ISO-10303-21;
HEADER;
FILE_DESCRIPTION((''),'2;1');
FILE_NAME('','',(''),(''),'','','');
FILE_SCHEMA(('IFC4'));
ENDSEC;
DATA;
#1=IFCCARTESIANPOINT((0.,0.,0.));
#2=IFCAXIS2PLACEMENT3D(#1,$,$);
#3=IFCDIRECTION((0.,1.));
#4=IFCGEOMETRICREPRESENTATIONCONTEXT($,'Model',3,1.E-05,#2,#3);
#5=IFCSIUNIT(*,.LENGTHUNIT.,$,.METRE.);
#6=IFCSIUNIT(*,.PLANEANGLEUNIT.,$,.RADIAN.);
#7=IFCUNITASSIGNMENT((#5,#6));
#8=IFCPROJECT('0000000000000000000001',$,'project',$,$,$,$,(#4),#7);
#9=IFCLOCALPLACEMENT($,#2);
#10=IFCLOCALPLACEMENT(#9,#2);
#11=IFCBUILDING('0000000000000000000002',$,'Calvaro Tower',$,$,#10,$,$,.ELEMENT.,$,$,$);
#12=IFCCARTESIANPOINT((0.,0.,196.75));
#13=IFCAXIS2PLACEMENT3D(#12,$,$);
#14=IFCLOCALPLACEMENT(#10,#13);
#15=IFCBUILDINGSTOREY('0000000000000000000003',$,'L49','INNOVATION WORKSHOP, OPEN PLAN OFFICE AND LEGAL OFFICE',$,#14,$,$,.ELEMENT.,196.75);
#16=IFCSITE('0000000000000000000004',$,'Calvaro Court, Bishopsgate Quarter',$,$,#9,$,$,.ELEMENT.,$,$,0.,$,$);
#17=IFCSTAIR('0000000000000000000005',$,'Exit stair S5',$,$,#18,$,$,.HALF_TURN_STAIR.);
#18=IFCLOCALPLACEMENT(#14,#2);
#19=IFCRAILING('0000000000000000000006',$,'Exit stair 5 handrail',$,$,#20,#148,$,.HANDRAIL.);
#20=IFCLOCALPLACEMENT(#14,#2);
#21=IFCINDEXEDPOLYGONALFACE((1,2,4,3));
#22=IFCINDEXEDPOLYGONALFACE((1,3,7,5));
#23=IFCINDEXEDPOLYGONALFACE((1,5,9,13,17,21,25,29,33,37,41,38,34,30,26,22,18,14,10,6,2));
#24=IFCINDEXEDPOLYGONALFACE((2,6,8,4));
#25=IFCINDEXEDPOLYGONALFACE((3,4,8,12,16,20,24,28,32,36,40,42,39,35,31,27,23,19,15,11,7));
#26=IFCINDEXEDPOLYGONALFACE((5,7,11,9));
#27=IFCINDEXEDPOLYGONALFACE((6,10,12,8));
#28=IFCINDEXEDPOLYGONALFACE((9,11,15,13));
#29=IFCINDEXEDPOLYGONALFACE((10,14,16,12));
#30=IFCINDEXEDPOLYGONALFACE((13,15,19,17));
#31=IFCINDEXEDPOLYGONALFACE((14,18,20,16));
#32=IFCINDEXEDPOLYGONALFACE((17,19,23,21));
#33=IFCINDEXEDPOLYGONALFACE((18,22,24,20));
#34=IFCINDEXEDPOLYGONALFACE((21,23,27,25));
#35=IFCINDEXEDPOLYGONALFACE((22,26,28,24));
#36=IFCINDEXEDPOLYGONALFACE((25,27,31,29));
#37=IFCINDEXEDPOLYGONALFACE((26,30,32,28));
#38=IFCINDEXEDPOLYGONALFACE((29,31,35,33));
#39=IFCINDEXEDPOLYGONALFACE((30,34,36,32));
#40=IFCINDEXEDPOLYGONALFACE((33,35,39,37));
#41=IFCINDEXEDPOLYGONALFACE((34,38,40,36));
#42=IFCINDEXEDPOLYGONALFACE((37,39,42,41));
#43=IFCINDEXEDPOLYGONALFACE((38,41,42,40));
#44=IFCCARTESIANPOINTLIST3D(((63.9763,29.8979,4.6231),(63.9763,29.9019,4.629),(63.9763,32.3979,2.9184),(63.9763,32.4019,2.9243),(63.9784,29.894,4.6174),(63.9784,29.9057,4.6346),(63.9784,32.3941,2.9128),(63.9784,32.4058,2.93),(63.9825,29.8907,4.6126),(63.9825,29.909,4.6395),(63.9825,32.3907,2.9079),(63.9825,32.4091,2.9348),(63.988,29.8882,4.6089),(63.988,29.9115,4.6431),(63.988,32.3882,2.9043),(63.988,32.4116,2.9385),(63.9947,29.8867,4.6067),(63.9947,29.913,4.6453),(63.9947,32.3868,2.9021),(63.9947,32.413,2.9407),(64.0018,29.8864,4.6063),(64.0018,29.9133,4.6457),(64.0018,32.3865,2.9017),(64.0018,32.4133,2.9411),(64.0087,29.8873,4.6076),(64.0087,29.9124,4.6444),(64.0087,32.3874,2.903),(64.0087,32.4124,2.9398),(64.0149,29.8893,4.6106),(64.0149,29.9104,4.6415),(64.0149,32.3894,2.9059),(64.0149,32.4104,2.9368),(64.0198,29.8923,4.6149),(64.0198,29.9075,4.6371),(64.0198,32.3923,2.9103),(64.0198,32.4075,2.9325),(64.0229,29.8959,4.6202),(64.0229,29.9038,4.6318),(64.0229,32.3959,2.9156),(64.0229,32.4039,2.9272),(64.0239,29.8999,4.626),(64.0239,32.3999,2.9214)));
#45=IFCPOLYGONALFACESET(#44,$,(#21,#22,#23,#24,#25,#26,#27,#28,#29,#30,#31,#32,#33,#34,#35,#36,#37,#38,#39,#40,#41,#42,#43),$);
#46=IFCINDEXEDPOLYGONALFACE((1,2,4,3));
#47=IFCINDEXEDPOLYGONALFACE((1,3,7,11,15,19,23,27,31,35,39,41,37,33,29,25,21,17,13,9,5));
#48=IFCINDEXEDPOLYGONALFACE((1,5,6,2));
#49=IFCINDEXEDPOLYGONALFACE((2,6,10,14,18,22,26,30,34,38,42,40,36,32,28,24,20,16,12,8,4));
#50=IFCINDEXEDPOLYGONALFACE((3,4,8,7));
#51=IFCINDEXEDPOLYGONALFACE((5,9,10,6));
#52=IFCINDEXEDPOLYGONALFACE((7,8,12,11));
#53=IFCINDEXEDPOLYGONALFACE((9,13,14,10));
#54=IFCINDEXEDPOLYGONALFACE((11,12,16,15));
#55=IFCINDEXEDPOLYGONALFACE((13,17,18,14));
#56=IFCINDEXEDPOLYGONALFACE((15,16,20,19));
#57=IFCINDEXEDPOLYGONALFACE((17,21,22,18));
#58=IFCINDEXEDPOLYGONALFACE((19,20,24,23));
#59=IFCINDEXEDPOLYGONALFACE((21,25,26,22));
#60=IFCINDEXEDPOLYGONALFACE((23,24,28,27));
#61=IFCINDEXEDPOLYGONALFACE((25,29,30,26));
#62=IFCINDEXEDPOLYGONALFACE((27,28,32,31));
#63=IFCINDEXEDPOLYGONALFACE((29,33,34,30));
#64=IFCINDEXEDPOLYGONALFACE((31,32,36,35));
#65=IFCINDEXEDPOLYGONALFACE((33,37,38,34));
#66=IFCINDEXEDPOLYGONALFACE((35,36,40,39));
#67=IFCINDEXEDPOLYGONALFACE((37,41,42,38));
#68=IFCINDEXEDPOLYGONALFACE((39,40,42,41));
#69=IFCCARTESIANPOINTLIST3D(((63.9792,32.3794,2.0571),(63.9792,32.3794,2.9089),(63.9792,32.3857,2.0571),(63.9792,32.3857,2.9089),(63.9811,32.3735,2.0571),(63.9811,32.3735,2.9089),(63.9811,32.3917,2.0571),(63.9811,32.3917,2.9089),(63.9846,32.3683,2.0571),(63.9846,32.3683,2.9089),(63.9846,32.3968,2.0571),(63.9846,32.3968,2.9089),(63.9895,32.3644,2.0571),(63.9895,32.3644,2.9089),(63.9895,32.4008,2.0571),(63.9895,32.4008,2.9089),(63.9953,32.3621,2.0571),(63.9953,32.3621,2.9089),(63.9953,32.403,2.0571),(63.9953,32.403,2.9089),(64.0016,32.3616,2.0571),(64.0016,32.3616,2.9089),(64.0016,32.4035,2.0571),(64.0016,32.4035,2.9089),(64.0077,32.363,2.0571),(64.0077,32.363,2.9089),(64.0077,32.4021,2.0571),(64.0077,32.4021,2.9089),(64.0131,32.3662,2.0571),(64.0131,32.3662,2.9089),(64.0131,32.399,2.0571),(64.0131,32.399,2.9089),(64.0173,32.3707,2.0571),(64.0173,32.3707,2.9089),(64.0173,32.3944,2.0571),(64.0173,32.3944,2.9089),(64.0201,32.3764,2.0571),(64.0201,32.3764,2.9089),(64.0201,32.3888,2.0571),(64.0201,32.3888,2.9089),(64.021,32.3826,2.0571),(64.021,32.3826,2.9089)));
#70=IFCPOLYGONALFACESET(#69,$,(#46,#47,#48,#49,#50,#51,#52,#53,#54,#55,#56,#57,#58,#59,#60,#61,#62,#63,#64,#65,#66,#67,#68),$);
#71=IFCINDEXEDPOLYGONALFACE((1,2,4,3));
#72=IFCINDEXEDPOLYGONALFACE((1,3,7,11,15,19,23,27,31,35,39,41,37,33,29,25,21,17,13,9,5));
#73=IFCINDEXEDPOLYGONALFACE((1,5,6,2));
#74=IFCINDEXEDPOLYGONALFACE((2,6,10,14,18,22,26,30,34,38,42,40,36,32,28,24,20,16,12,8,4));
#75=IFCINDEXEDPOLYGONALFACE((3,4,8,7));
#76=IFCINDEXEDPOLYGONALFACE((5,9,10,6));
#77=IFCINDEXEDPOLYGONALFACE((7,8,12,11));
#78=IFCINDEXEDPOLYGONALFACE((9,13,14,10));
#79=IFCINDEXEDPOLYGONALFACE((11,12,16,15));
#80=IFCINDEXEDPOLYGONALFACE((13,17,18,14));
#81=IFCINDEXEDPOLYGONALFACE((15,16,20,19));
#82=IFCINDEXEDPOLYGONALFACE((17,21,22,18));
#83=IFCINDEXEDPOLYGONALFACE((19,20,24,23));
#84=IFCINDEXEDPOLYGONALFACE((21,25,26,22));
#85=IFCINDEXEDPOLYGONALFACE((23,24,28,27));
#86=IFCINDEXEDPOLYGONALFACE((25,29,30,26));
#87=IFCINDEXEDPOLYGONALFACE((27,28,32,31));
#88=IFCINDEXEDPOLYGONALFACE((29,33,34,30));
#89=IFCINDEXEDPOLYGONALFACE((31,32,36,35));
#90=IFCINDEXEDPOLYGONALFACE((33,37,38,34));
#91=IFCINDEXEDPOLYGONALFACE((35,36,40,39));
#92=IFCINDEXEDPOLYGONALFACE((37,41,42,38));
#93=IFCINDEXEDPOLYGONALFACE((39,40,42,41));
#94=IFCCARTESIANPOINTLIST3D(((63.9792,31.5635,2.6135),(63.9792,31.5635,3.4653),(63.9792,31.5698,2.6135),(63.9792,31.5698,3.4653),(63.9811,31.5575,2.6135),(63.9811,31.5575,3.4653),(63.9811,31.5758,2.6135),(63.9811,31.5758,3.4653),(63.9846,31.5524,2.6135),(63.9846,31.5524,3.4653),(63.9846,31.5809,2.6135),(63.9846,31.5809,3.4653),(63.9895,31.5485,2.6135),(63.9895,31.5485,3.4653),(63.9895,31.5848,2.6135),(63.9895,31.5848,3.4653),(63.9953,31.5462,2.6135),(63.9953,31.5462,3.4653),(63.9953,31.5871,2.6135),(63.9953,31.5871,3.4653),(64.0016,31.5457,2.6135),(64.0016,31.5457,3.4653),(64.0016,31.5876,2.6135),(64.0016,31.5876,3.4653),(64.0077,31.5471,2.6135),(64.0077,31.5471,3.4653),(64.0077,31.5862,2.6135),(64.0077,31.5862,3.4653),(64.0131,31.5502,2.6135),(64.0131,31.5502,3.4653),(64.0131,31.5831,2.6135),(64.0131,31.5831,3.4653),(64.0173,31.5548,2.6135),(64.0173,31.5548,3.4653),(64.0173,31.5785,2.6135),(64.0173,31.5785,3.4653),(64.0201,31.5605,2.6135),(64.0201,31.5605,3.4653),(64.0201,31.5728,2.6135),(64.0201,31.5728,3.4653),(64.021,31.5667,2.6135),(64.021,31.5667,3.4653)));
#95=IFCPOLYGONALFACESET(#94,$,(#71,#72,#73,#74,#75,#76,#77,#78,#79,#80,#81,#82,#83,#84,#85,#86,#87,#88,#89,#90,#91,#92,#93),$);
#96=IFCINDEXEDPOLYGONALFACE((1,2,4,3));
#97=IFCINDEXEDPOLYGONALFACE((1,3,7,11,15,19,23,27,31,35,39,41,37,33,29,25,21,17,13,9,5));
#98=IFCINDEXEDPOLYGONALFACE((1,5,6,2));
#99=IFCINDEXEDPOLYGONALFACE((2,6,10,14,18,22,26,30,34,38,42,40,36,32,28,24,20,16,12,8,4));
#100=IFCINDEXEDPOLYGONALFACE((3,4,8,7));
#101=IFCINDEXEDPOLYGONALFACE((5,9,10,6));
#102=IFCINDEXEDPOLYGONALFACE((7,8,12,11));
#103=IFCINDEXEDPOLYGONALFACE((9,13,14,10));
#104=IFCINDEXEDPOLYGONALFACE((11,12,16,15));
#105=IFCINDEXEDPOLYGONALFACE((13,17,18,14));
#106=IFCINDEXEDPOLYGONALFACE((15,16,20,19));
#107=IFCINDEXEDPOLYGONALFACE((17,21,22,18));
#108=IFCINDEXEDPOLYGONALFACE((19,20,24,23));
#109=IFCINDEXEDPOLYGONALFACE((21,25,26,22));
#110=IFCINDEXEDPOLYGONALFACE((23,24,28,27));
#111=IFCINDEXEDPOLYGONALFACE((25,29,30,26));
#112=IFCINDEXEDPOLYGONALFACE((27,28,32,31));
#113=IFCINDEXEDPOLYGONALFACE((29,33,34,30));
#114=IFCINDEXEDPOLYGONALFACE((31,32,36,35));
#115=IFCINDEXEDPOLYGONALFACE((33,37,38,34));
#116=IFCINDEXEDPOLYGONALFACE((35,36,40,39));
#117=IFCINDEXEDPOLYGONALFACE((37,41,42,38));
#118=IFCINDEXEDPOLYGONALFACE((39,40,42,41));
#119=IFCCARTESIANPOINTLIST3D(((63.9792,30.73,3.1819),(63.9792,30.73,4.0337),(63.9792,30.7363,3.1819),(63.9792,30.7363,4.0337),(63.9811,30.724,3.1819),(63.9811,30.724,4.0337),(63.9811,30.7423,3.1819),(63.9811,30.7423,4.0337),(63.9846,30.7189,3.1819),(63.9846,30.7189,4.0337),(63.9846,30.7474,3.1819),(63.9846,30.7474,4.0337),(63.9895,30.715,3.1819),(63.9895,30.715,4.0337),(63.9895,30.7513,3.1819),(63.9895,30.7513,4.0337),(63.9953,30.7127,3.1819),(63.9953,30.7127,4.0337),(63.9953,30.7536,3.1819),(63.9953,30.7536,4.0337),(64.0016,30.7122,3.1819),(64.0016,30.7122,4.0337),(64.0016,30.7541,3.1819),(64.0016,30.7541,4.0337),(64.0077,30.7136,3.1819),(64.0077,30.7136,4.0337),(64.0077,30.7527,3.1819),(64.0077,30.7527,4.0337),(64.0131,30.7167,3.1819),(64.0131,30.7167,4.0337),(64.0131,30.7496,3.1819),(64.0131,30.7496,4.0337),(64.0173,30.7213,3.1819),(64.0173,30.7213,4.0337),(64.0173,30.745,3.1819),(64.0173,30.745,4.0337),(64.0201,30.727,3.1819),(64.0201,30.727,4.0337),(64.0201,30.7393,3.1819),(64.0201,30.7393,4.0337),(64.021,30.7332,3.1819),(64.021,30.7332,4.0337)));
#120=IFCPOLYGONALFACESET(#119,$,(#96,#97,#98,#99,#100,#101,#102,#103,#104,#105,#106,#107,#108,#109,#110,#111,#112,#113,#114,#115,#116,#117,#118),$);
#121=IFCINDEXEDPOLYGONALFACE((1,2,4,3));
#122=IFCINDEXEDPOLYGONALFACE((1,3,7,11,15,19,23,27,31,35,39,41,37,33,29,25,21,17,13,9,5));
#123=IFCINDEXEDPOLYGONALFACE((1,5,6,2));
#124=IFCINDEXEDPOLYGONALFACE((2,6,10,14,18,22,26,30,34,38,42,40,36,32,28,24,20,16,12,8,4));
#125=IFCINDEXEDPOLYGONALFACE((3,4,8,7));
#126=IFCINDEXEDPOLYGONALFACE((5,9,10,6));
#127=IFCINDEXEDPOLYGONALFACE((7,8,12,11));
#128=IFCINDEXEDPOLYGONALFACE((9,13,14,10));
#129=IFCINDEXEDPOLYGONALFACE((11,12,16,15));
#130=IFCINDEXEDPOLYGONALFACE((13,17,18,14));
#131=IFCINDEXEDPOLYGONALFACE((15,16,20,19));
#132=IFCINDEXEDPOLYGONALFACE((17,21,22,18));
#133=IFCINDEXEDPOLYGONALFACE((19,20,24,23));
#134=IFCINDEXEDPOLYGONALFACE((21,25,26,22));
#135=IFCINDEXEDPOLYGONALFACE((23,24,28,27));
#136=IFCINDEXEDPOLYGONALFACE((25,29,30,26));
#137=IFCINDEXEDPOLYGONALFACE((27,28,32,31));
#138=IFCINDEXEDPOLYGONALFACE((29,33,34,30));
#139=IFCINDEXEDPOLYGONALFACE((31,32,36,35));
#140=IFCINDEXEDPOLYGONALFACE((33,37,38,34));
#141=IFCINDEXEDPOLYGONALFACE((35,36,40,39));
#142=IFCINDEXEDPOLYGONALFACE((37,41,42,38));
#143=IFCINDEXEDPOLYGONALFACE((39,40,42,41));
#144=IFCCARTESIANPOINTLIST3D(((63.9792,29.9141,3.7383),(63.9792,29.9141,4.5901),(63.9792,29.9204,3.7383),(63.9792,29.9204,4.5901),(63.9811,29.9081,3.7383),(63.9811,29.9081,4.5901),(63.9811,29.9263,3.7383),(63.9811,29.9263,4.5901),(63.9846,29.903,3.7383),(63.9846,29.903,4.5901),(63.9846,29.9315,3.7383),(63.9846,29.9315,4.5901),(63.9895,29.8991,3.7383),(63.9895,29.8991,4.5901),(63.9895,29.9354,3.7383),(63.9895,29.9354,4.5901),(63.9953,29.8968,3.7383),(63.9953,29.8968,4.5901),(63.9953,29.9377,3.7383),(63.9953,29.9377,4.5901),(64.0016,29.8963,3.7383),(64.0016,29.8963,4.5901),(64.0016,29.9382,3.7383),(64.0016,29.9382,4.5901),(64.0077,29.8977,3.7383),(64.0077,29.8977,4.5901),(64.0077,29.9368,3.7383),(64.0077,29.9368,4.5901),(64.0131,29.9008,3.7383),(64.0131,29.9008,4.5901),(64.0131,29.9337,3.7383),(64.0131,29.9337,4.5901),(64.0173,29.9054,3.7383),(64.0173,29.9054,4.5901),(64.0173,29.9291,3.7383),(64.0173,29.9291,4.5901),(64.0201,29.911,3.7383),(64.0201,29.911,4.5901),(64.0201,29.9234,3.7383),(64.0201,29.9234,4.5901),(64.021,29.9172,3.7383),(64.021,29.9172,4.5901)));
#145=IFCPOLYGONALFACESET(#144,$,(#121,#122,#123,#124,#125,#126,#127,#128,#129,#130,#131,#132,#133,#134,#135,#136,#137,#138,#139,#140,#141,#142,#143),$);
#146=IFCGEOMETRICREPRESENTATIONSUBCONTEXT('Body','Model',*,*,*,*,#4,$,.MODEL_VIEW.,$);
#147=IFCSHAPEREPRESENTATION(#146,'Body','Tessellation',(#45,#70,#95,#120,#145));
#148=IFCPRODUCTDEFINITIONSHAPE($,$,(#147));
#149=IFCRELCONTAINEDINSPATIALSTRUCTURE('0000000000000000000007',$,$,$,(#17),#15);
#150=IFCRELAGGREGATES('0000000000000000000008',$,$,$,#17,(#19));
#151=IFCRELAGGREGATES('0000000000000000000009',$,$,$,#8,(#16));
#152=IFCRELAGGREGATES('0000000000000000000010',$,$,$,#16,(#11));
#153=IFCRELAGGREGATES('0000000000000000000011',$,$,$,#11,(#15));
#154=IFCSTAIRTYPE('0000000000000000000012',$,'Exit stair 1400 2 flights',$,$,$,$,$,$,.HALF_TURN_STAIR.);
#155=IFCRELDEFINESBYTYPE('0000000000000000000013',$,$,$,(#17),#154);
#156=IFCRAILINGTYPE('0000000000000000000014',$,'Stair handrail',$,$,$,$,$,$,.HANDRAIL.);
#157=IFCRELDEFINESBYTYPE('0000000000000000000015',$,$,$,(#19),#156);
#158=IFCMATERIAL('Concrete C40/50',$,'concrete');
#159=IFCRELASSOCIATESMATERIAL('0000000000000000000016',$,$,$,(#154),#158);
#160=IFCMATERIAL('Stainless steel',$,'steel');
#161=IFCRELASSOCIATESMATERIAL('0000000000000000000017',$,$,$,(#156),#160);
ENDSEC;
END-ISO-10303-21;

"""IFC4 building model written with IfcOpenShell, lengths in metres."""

from ifc_helpers import new_model, si_unit, direction, frame, origin, origin_2d, place, context, subcontext, project, spatial, circle, extrude, material, type_object, element, aggregate, save


model = new_model("IFC4")

# Units and contexts
model_context = context("Model", 3, precision=1e-05, world=origin(), true_north=direction((0.0, 1.0)))
body_context = subcontext(model_context, "Body", "Model", "MODEL_VIEW")
ifc_project = project(units=[si_unit("LENGTHUNIT", "METRE"), si_unit("PLANEANGLEUNIT", "RADIAN")], contexts=[model_context])

# Site, building, storey
site_placement = place(None, origin())
site = spatial("IfcSite", under=ifc_project, at=site_placement, Name="Calvaro Court, Bishopsgate Quarter", CompositionType="ELEMENT", RefElevation=0.0)
building_placement = place(site_placement, origin())
building = spatial("IfcBuilding", under=site, at=building_placement, Name="Calvaro Tower", CompositionType="ELEMENT")
storey_placement = place(building_placement, frame((0.0, 0.0, 196.75)))
storey = spatial("IfcBuildingStorey", under=building, at=storey_placement, Name="L49", Description="INNOVATION WORKSHOP, OPEN PLAN OFFICE AND LEGAL OFFICE", CompositionType="ELEMENT", Elevation=196.75)

# Stair, railing
ifc_material_1 = material(Name="Concrete C40/50", Category="concrete")
stair_type = type_object("IfcStairType", Name="Exit stair 1400 2 flights", PredefinedType="HALF_TURN_STAIR", material=ifc_material_1)
stair_placement = place(storey_placement, origin())
stair = element("IfcStair", 1, at=stair_placement, inside=storey, type_object=stair_type, Name="Exit stair S5", PredefinedType="HALF_TURN_STAIR")
ifc_material_2 = material(Name="Stainless steel", Category="steel")
railing_type = type_object("IfcRailingType", Name="Stair handrail", PredefinedType="HANDRAIL", material=ifc_material_2)
railing_1_placement = place(storey_placement, frame((64.0, 32.3999, 2.0454)))
railing_1 = element("IfcRailing", 2, at=railing_1_placement, type_object=railing_type, Name="Exit stair 5 handrail", PredefinedType="HANDRAIL", context=body_context, shape_type="SweptSolid", body=[
    extrude(circle(Radius=0.0239, at=origin_2d()), frame((0.0, 0.0, 0.876), z_axis=(0.0, -0.826221, 0.563347), x_axis=(1.0, 0.0, 0.0)), (0.0, 0.0, 1.0), 3.0259),
    extrude(circle(Radius=0.021, at=origin_2d()), frame((0.0, -0.0173, 0.0117)), (0.0, 0.0, 1.0), 0.8518),
    extrude(circle(Radius=0.021, at=origin_2d()), frame((0.0, -0.8333, 0.5681)), (0.0, 0.0, 1.0), 0.8518),
    extrude(circle(Radius=0.021, at=origin_2d()), frame((0.0, -1.6667, 1.1365)), (0.0, 0.0, 1.0), 0.8518),
    extrude(circle(Radius=0.021, at=origin_2d()), frame((0.0, -2.4827, 1.6929)), (0.0, 0.0, 1.0), 0.8518),
])
aggregate(stair, [railing_1])

save(model, "model.ifc")
